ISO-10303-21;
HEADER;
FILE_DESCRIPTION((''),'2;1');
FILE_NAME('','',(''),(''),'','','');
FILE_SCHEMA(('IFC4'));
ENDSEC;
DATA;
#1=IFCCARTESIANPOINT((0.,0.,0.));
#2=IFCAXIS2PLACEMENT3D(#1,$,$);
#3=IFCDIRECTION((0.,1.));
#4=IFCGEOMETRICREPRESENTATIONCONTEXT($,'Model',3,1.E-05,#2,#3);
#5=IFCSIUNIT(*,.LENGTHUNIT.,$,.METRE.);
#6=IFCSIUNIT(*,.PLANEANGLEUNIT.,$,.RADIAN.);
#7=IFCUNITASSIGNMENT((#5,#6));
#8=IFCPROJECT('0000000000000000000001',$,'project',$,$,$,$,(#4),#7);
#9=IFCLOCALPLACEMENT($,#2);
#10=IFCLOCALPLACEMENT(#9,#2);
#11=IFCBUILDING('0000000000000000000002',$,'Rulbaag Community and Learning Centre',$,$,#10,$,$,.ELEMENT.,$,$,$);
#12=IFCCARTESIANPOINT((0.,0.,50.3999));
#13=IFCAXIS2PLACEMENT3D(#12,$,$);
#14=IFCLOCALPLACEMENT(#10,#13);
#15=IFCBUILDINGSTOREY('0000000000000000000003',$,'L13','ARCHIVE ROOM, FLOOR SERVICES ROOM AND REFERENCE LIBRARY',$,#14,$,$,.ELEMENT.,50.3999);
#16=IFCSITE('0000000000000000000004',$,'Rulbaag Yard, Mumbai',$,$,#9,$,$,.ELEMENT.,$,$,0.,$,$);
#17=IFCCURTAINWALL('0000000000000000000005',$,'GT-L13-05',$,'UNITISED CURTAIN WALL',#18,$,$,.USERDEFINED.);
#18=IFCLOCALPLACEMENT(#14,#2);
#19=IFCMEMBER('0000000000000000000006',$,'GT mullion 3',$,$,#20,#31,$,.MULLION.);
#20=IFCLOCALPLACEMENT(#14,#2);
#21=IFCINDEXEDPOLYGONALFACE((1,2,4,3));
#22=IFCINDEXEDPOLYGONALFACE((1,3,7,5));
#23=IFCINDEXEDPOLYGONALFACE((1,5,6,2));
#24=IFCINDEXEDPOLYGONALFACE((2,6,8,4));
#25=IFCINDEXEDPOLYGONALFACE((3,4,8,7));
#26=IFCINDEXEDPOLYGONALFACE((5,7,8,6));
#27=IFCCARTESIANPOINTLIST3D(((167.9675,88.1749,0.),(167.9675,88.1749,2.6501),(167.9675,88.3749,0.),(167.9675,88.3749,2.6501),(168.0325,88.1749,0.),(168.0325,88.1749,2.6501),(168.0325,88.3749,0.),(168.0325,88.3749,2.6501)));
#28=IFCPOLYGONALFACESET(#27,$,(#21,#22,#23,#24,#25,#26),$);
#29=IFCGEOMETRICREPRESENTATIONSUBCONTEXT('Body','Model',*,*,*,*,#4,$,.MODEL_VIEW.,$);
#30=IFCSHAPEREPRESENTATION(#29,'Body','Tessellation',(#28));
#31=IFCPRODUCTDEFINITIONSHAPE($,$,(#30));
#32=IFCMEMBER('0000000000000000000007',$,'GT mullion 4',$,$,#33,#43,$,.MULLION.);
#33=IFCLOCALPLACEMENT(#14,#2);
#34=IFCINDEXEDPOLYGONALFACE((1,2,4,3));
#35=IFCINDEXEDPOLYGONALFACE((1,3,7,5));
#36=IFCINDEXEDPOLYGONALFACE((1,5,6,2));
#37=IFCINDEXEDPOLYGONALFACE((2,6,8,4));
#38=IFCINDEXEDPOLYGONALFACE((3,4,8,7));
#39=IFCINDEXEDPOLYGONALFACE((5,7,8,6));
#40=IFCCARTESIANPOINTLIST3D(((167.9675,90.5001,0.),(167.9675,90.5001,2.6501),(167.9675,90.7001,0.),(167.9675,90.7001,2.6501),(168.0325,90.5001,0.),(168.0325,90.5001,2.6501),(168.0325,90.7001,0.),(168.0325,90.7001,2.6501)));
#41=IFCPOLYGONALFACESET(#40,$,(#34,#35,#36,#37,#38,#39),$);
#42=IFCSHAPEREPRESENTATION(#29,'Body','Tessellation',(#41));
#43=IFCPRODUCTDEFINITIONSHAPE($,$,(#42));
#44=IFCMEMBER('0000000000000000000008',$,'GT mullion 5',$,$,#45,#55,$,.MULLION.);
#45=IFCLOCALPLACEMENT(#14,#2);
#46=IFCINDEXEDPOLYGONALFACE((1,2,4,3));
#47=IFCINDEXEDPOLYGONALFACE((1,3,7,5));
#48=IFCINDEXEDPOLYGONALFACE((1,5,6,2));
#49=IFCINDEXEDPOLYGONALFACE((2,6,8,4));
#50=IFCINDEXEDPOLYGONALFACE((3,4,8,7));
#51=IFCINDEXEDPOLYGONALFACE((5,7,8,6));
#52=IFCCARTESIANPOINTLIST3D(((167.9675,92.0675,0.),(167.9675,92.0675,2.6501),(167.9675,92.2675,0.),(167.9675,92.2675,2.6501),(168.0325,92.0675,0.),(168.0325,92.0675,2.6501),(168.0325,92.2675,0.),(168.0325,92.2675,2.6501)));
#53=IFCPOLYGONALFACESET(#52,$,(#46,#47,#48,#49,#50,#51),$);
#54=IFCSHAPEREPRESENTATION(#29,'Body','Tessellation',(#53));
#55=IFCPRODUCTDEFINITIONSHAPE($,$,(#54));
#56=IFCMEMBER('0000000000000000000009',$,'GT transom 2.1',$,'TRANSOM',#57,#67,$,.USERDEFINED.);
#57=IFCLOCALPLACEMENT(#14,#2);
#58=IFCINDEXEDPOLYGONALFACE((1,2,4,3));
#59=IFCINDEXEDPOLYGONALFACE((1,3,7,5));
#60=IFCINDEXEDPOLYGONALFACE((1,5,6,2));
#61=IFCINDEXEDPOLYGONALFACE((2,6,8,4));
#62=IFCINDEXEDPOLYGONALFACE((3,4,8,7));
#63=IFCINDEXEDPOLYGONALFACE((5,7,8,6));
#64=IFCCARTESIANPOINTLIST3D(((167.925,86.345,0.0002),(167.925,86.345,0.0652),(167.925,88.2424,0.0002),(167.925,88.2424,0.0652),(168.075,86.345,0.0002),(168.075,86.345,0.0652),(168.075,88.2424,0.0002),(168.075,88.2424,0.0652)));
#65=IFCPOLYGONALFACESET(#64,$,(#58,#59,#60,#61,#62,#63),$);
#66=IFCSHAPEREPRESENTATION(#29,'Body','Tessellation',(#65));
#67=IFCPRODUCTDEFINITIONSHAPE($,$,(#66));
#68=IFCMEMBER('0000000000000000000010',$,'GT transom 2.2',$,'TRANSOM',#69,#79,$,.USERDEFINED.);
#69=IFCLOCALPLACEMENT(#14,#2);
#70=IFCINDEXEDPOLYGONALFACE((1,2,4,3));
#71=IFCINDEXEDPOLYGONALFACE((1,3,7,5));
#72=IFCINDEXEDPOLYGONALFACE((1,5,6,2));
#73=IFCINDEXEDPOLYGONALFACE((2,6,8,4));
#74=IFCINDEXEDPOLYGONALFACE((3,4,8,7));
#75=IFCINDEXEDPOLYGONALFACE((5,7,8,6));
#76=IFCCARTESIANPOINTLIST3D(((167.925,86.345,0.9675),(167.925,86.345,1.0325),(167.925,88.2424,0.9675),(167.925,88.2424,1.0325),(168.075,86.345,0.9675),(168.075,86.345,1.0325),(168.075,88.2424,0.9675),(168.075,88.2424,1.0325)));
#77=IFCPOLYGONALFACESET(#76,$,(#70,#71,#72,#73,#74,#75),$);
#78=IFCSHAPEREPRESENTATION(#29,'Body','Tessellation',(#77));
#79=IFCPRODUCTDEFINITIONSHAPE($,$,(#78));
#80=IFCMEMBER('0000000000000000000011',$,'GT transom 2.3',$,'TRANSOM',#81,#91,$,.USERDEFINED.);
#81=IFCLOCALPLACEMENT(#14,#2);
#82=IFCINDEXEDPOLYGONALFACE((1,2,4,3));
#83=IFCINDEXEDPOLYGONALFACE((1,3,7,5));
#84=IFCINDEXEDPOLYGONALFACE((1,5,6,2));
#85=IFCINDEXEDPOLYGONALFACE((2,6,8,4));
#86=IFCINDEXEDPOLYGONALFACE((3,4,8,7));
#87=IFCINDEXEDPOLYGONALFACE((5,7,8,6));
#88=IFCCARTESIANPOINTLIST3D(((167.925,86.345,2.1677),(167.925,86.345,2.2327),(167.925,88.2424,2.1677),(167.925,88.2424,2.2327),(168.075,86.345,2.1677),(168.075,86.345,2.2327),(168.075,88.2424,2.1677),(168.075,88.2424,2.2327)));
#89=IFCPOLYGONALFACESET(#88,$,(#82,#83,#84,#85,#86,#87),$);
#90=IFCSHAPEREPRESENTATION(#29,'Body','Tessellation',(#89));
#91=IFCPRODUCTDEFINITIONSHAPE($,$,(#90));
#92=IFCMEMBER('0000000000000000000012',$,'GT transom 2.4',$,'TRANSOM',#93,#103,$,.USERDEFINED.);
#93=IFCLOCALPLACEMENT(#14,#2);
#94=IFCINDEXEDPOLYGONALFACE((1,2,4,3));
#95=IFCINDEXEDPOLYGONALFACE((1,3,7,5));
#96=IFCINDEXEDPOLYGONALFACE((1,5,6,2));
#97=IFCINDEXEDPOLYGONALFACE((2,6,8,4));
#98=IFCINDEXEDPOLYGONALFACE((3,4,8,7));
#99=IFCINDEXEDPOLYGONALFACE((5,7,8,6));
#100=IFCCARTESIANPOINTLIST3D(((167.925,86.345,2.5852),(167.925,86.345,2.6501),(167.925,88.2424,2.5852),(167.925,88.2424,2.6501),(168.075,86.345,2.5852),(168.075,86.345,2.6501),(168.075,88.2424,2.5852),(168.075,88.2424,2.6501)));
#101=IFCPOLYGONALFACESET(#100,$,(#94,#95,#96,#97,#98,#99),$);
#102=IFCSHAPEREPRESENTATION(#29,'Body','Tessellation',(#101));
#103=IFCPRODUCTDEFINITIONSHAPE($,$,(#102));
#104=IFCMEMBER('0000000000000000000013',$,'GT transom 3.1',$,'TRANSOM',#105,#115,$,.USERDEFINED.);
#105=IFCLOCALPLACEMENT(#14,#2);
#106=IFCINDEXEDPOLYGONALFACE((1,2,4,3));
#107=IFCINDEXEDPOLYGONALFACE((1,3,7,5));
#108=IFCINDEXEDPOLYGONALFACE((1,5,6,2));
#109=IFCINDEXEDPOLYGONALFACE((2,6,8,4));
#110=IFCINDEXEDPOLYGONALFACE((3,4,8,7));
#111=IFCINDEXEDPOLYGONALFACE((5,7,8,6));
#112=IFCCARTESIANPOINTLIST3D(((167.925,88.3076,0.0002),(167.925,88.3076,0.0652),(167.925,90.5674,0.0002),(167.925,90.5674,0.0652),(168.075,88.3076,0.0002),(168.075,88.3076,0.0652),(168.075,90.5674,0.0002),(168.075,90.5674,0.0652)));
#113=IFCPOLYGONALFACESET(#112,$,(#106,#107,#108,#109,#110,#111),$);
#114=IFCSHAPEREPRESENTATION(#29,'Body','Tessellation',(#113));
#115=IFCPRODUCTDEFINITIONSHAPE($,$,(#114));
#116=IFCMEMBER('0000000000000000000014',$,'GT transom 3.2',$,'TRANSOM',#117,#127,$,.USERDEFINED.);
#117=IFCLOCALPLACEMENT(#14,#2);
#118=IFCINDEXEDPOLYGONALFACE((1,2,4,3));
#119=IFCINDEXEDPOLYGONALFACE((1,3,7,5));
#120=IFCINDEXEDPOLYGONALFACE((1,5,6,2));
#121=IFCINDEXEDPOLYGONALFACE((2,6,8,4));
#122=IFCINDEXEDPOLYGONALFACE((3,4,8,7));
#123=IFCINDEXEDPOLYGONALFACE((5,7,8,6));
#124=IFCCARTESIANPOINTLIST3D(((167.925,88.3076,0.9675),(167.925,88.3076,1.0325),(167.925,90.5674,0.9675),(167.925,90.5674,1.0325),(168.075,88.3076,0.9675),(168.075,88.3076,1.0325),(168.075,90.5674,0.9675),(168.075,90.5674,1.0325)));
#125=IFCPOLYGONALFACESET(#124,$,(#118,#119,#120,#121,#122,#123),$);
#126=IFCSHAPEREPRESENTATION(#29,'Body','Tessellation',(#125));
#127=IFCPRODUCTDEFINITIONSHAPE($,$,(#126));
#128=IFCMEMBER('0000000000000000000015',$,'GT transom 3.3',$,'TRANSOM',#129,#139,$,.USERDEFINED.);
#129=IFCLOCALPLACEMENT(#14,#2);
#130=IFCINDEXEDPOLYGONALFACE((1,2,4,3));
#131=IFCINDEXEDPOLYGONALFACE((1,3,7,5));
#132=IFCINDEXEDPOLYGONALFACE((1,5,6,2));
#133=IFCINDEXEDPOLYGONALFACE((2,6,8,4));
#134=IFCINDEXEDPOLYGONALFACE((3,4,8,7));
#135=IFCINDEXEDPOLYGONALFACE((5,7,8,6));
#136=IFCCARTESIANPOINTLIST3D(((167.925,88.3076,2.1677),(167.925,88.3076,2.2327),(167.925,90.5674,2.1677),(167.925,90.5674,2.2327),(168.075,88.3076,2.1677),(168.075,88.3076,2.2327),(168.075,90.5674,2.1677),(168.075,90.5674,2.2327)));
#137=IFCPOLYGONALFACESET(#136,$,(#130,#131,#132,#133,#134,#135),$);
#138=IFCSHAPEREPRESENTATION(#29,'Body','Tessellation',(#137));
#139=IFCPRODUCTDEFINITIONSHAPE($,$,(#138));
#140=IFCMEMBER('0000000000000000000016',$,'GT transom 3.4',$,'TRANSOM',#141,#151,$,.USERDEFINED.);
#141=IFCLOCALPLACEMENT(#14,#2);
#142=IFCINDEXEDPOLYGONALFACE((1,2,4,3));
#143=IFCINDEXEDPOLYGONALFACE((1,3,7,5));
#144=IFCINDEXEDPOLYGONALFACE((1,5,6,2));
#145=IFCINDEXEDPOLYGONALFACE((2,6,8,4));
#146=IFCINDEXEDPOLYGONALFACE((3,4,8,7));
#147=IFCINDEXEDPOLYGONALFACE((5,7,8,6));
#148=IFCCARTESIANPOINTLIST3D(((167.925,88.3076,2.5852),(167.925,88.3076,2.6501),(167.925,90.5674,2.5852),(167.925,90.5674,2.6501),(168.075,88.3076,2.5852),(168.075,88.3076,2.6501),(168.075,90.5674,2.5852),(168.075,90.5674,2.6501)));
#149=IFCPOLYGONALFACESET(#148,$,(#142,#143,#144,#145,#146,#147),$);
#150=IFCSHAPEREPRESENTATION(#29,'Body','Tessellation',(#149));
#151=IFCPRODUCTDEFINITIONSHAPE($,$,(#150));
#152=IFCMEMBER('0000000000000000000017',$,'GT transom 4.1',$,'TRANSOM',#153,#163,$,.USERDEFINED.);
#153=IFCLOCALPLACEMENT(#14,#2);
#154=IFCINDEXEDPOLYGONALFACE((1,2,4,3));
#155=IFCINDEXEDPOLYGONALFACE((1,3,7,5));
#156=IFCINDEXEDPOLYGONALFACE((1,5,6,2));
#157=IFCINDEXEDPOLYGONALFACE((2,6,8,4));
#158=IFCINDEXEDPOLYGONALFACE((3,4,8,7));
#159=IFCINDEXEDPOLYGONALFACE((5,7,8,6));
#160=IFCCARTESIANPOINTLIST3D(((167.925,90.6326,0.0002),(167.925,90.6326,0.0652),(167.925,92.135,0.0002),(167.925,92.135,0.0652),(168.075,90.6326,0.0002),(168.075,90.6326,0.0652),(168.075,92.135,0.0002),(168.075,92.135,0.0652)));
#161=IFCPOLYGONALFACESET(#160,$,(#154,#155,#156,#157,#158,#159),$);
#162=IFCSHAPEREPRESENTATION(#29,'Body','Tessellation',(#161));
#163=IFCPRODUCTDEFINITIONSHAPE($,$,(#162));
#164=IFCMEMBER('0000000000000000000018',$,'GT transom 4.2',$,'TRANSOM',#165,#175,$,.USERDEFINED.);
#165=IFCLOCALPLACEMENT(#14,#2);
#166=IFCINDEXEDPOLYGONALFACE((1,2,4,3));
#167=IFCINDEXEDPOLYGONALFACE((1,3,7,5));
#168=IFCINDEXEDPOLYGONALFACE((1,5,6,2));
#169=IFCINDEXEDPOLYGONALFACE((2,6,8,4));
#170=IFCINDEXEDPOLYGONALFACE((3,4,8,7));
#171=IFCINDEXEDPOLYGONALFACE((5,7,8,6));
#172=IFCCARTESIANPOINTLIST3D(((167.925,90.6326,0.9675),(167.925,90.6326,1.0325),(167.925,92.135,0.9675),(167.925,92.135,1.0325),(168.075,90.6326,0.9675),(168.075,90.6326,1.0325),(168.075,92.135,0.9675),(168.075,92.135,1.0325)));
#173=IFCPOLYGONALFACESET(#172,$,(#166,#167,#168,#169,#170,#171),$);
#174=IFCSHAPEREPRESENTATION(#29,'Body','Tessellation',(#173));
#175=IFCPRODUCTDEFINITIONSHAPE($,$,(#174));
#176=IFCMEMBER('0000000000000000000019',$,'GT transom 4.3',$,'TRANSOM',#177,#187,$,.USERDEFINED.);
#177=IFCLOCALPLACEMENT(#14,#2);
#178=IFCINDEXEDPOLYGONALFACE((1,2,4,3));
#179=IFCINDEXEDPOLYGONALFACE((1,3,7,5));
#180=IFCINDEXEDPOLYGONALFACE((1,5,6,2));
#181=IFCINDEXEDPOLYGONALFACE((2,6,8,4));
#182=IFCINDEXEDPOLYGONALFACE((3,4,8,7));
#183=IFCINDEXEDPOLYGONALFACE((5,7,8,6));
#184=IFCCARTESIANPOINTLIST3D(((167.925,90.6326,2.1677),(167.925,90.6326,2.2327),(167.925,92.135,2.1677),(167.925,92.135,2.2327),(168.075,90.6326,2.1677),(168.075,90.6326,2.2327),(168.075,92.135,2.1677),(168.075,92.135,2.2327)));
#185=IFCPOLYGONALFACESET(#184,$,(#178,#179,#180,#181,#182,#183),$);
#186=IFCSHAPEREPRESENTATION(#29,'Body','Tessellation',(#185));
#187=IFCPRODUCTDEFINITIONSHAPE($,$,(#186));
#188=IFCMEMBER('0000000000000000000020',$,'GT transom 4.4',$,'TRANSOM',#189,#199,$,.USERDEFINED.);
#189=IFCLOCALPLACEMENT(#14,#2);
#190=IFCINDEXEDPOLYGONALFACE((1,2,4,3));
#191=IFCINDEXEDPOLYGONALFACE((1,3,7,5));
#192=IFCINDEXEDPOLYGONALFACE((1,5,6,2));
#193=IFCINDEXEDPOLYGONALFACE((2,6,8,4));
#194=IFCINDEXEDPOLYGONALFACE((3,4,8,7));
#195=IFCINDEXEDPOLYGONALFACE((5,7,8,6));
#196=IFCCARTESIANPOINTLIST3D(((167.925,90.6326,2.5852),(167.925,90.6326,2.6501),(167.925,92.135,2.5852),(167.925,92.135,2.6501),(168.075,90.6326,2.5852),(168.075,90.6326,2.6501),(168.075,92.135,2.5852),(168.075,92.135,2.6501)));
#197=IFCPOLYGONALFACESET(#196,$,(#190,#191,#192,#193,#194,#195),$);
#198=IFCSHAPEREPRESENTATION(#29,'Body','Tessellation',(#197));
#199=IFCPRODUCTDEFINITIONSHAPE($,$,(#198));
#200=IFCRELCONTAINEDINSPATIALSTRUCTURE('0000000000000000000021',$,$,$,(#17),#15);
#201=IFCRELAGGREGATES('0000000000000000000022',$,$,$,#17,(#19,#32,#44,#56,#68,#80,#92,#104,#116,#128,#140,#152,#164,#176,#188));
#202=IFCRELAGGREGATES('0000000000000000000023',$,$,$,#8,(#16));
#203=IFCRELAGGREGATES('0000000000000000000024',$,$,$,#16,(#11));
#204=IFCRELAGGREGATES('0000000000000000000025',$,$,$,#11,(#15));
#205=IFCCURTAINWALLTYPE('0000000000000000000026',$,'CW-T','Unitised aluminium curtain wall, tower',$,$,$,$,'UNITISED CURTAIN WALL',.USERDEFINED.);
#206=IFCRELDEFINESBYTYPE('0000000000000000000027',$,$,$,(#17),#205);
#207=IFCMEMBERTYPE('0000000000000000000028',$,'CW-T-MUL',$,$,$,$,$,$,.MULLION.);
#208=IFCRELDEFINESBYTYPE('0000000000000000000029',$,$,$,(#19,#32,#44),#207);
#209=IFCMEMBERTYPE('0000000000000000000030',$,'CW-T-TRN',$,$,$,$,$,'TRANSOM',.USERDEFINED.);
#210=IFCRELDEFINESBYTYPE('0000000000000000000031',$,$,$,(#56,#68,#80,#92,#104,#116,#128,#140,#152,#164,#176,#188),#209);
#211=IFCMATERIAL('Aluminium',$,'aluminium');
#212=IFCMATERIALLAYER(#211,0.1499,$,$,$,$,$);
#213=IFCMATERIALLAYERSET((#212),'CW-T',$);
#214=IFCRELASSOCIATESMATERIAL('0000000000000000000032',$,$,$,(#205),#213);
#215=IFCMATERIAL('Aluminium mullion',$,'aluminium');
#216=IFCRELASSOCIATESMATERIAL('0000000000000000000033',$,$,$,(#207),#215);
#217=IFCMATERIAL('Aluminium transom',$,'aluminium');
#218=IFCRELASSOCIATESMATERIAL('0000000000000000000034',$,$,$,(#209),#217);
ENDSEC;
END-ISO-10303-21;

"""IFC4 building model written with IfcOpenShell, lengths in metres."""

from ifc_helpers import new_model, si_unit, direction, frame, origin, origin_2d, place, context, subcontext, project, spatial, rectangle, extrude, material, layer, layer_set, material_profile, profile_set, type_object, element, aggregate, save


model = new_model("IFC4")

# Units and contexts
model_context = context("Model", 3, precision=1e-05, world=origin(), true_north=direction((0.0, 1.0)))
body_context = subcontext(model_context, "Body", "Model", "MODEL_VIEW")
ifc_project = project(units=[si_unit("LENGTHUNIT", "METRE"), si_unit("PLANEANGLEUNIT", "RADIAN")], contexts=[model_context])

# Site, building, storey
site_placement = place(None, origin())
site = spatial("IfcSite", under=ifc_project, at=site_placement, Name="Rulbaag Yard, Mumbai", CompositionType="ELEMENT", RefElevation=0.0)
building_placement = place(site_placement, origin())
building = spatial("IfcBuilding", under=site, at=building_placement, Name="Rulbaag Community and Learning Centre", CompositionType="ELEMENT")
storey_placement = place(building_placement, frame((0.0, 0.0, 50.3999)))
storey = spatial("IfcBuildingStorey", under=building, at=storey_placement, Name="L13", Description="ARCHIVE ROOM, FLOOR SERVICES ROOM AND REFERENCE LIBRARY", CompositionType="ELEMENT", Elevation=50.3999)

# Curtain wall, members
ifc_material_1 = material(Name="Aluminium", Category="aluminium")
ifc_layer_1 = layer(ifc_material_1, 0.1499)
ifc_layer_set_1 = layer_set([ifc_layer_1], Name="CW-T")
curtain_wall_type = type_object("IfcCurtainWallType", Name="CW-T", Description="Unitised aluminium curtain wall, tower", ElementType="UNITISED CURTAIN WALL", PredefinedType="USERDEFINED", material=ifc_layer_set_1)
curtain_wall_placement = place(storey_placement, origin())
curtain_wall = element("IfcCurtainWall", 1, at=curtain_wall_placement, inside=storey, type_object=curtain_wall_type, Name="GT-L13-05", ObjectType="UNITISED CURTAIN WALL", PredefinedType="USERDEFINED")
ifc_material_2 = material(Name="Aluminium mullion", Category="aluminium")
ifc_material_profile_1 = material_profile(ifc_material_2, rectangle(XDim=0.0649, YDim=0.2, at=origin_2d()), Name="AL 65x200")
ifc_profile_set_1 = profile_set([ifc_material_profile_1], Name="Aluminium mullion")
member_type_1 = type_object("IfcMemberType", Name="CW-T-MUL", PredefinedType="MULLION", material=ifc_profile_set_1)
member_1_placement = place(storey_placement, frame((168.0, 88.2749, 0.0), z_axis=(0.0, 0.0, 1.0), x_axis=(-1.0, 0.0, 0.0)))
member_1 = element("IfcMember", 2, at=member_1_placement, type_object=member_type_1, Name="GT mullion 3", PredefinedType="MULLION", context=body_context, shape_type="SweptSolid", body=[
    extrude(rectangle(XDim=0.0649, YDim=0.2, at=origin_2d()), origin(), (0.0, 0.0, 1.0), 2.6501),
])
member_2_placement = place(storey_placement, frame((168.0, 90.6001, 0.0), z_axis=(0.0, 0.0, 1.0), x_axis=(-1.0, 0.0, 0.0)))
member_2 = element("IfcMember", 3, at=member_2_placement, type_object=member_type_1, Name="GT mullion 4", PredefinedType="MULLION", context=body_context, shape_type="SweptSolid", body=[
    extrude(rectangle(XDim=0.0649, YDim=0.2, at=origin_2d()), origin(), (0.0, 0.0, 1.0), 2.6501),
])
member_3_placement = place(storey_placement, frame((168.0, 92.1675, 0.0), z_axis=(0.0, 0.0, 1.0), x_axis=(-1.0, 0.0, 0.0)))
member_3 = element("IfcMember", 4, at=member_3_placement, type_object=member_type_1, Name="GT mullion 5", PredefinedType="MULLION", context=body_context, shape_type="SweptSolid", body=[
    extrude(rectangle(XDim=0.0649, YDim=0.2, at=origin_2d()), origin(), (0.0, 0.0, 1.0), 2.6501),
])
ifc_material_3 = material(Name="Aluminium transom", Category="aluminium")
ifc_material_profile_2 = material_profile(ifc_material_3, rectangle(XDim=0.1499, YDim=0.0649, at=origin_2d()), Name="AL 65x150 T")
ifc_profile_set_2 = profile_set([ifc_material_profile_2], Name="Aluminium transom")
member_type_2 = type_object("IfcMemberType", Name="CW-T-TRN", ElementType="TRANSOM", PredefinedType="USERDEFINED", material=ifc_profile_set_2)
member_4_placement = place(storey_placement, frame((168.0, 86.345, 0.0327), z_axis=(0.0, 1.0, 0.0), x_axis=(-1.0, 0.0, 0.0)))
member_4 = element("IfcMember", 5, at=member_4_placement, type_object=member_type_2, Name="GT transom 2.1", ObjectType="TRANSOM", PredefinedType="USERDEFINED", context=body_context, shape_type="SweptSolid", body=[
    extrude(rectangle(XDim=0.1499, YDim=0.0649, at=origin_2d()), origin(), (0.0, 0.0, 1.0), 1.8975),
])
member_5_placement = place(storey_placement, frame((168.0, 86.345, 1.0), z_axis=(0.0, 1.0, 0.0), x_axis=(-1.0, 0.0, 0.0)))
member_5 = element("IfcMember", 6, at=member_5_placement, type_object=member_type_2, Name="GT transom 2.2", ObjectType="TRANSOM", PredefinedType="USERDEFINED", context=body_context, shape_type="SweptSolid", body=[
    extrude(rectangle(XDim=0.1499, YDim=0.0649, at=origin_2d()), origin(), (0.0, 0.0, 1.0), 1.8975),
])
member_6_placement = place(storey_placement, frame((168.0, 86.345, 2.2002), z_axis=(0.0, 1.0, 0.0), x_axis=(-1.0, 0.0, 0.0)))
member_6 = element("IfcMember", 7, at=member_6_placement, type_object=member_type_2, Name="GT transom 2.3", ObjectType="TRANSOM", PredefinedType="USERDEFINED", context=body_context, shape_type="SweptSolid", body=[
    extrude(rectangle(XDim=0.1499, YDim=0.0649, at=origin_2d()), origin(), (0.0, 0.0, 1.0), 1.8975),
])
member_7_placement = place(storey_placement, frame((168.0, 86.345, 2.6177), z_axis=(0.0, 1.0, 0.0), x_axis=(-1.0, 0.0, 0.0)))
member_7 = element("IfcMember", 8, at=member_7_placement, type_object=member_type_2, Name="GT transom 2.4", ObjectType="TRANSOM", PredefinedType="USERDEFINED", context=body_context, shape_type="SweptSolid", body=[
    extrude(rectangle(XDim=0.1499, YDim=0.0649, at=origin_2d()), origin(), (0.0, 0.0, 1.0), 1.8975),
])
member_8_placement = place(storey_placement, frame((168.0, 88.3076, 0.0327), z_axis=(0.0, 1.0, 0.0), x_axis=(-1.0, 0.0, 0.0)))
member_8 = element("IfcMember", 9, at=member_8_placement, type_object=member_type_2, Name="GT transom 3.1", ObjectType="TRANSOM", PredefinedType="USERDEFINED", context=body_context, shape_type="SweptSolid", body=[
    extrude(rectangle(XDim=0.1499, YDim=0.0649, at=origin_2d()), origin(), (0.0, 0.0, 1.0), 2.2598),
])
member_9_placement = place(storey_placement, frame((168.0, 88.3076, 1.0), z_axis=(0.0, 1.0, 0.0), x_axis=(-1.0, 0.0, 0.0)))
member_9 = element("IfcMember", 10, at=member_9_placement, type_object=member_type_2, Name="GT transom 3.2", ObjectType="TRANSOM", PredefinedType="USERDEFINED", context=body_context, shape_type="SweptSolid", body=[
    extrude(rectangle(XDim=0.1499, YDim=0.0649, at=origin_2d()), origin(), (0.0, 0.0, 1.0), 2.2598),
])
member_10_placement = place(storey_placement, frame((168.0, 88.3076, 2.2002), z_axis=(0.0, 1.0, 0.0), x_axis=(-1.0, 0.0, 0.0)))
member_10 = element("IfcMember", 11, at=member_10_placement, type_object=member_type_2, Name="GT transom 3.3", ObjectType="TRANSOM", PredefinedType="USERDEFINED", context=body_context, shape_type="SweptSolid", body=[
    extrude(rectangle(XDim=0.1499, YDim=0.0649, at=origin_2d()), origin(), (0.0, 0.0, 1.0), 2.2598),
])
member_11_placement = place(storey_placement, frame((168.0, 88.3076, 2.6177), z_axis=(0.0, 1.0, 0.0), x_axis=(-1.0, 0.0, 0.0)))
member_11 = element("IfcMember", 12, at=member_11_placement, type_object=member_type_2, Name="GT transom 3.4", ObjectType="TRANSOM", PredefinedType="USERDEFINED", context=body_context, shape_type="SweptSolid", body=[
    extrude(rectangle(XDim=0.1499, YDim=0.0649, at=origin_2d()), origin(), (0.0, 0.0, 1.0), 2.2598),
])
member_12_placement = place(storey_placement, frame((168.0, 90.6326, 0.0327), z_axis=(0.0, 1.0, 0.0), x_axis=(-1.0, 0.0, 0.0)))
member_12 = element("IfcMember", 13, at=member_12_placement, type_object=member_type_2, Name="GT transom 4.1", ObjectType="TRANSOM", PredefinedType="USERDEFINED", context=body_context, shape_type="SweptSolid", body=[
    extrude(rectangle(XDim=0.1499, YDim=0.0649, at=origin_2d()), origin(), (0.0, 0.0, 1.0), 1.5024),
])
member_13_placement = place(storey_placement, frame((168.0, 90.6326, 1.0), z_axis=(0.0, 1.0, 0.0), x_axis=(-1.0, 0.0, 0.0)))
member_13 = element("IfcMember", 14, at=member_13_placement, type_object=member_type_2, Name="GT transom 4.2", ObjectType="TRANSOM", PredefinedType="USERDEFINED", context=body_context, shape_type="SweptSolid", body=[
    extrude(rectangle(XDim=0.1499, YDim=0.0649, at=origin_2d()), origin(), (0.0, 0.0, 1.0), 1.5024),
])
member_14_placement = place(storey_placement, frame((168.0, 90.6326, 2.2002), z_axis=(0.0, 1.0, 0.0), x_axis=(-1.0, 0.0, 0.0)))
member_14 = element("IfcMember", 15, at=member_14_placement, type_object=member_type_2, Name="GT transom 4.3", ObjectType="TRANSOM", PredefinedType="USERDEFINED", context=body_context, shape_type="SweptSolid", body=[
    extrude(rectangle(XDim=0.1499, YDim=0.0649, at=origin_2d()), origin(), (0.0, 0.0, 1.0), 1.5024),
])
member_15_placement = place(storey_placement, frame((168.0, 90.6326, 2.6177), z_axis=(0.0, 1.0, 0.0), x_axis=(-1.0, 0.0, 0.0)))
member_15 = element("IfcMember", 16, at=member_15_placement, type_object=member_type_2, Name="GT transom 4.4", ObjectType="TRANSOM", PredefinedType="USERDEFINED", context=body_context, shape_type="SweptSolid", body=[
    extrude(rectangle(XDim=0.1499, YDim=0.0649, at=origin_2d()), origin(), (0.0, 0.0, 1.0), 1.5024),
])
aggregate(curtain_wall, [member_1, member_2, member_3, member_4, member_5, member_6, member_7, member_8, member_9, member_10, member_11, member_12, member_13, member_14, member_15])

save(model, "model.ifc")
